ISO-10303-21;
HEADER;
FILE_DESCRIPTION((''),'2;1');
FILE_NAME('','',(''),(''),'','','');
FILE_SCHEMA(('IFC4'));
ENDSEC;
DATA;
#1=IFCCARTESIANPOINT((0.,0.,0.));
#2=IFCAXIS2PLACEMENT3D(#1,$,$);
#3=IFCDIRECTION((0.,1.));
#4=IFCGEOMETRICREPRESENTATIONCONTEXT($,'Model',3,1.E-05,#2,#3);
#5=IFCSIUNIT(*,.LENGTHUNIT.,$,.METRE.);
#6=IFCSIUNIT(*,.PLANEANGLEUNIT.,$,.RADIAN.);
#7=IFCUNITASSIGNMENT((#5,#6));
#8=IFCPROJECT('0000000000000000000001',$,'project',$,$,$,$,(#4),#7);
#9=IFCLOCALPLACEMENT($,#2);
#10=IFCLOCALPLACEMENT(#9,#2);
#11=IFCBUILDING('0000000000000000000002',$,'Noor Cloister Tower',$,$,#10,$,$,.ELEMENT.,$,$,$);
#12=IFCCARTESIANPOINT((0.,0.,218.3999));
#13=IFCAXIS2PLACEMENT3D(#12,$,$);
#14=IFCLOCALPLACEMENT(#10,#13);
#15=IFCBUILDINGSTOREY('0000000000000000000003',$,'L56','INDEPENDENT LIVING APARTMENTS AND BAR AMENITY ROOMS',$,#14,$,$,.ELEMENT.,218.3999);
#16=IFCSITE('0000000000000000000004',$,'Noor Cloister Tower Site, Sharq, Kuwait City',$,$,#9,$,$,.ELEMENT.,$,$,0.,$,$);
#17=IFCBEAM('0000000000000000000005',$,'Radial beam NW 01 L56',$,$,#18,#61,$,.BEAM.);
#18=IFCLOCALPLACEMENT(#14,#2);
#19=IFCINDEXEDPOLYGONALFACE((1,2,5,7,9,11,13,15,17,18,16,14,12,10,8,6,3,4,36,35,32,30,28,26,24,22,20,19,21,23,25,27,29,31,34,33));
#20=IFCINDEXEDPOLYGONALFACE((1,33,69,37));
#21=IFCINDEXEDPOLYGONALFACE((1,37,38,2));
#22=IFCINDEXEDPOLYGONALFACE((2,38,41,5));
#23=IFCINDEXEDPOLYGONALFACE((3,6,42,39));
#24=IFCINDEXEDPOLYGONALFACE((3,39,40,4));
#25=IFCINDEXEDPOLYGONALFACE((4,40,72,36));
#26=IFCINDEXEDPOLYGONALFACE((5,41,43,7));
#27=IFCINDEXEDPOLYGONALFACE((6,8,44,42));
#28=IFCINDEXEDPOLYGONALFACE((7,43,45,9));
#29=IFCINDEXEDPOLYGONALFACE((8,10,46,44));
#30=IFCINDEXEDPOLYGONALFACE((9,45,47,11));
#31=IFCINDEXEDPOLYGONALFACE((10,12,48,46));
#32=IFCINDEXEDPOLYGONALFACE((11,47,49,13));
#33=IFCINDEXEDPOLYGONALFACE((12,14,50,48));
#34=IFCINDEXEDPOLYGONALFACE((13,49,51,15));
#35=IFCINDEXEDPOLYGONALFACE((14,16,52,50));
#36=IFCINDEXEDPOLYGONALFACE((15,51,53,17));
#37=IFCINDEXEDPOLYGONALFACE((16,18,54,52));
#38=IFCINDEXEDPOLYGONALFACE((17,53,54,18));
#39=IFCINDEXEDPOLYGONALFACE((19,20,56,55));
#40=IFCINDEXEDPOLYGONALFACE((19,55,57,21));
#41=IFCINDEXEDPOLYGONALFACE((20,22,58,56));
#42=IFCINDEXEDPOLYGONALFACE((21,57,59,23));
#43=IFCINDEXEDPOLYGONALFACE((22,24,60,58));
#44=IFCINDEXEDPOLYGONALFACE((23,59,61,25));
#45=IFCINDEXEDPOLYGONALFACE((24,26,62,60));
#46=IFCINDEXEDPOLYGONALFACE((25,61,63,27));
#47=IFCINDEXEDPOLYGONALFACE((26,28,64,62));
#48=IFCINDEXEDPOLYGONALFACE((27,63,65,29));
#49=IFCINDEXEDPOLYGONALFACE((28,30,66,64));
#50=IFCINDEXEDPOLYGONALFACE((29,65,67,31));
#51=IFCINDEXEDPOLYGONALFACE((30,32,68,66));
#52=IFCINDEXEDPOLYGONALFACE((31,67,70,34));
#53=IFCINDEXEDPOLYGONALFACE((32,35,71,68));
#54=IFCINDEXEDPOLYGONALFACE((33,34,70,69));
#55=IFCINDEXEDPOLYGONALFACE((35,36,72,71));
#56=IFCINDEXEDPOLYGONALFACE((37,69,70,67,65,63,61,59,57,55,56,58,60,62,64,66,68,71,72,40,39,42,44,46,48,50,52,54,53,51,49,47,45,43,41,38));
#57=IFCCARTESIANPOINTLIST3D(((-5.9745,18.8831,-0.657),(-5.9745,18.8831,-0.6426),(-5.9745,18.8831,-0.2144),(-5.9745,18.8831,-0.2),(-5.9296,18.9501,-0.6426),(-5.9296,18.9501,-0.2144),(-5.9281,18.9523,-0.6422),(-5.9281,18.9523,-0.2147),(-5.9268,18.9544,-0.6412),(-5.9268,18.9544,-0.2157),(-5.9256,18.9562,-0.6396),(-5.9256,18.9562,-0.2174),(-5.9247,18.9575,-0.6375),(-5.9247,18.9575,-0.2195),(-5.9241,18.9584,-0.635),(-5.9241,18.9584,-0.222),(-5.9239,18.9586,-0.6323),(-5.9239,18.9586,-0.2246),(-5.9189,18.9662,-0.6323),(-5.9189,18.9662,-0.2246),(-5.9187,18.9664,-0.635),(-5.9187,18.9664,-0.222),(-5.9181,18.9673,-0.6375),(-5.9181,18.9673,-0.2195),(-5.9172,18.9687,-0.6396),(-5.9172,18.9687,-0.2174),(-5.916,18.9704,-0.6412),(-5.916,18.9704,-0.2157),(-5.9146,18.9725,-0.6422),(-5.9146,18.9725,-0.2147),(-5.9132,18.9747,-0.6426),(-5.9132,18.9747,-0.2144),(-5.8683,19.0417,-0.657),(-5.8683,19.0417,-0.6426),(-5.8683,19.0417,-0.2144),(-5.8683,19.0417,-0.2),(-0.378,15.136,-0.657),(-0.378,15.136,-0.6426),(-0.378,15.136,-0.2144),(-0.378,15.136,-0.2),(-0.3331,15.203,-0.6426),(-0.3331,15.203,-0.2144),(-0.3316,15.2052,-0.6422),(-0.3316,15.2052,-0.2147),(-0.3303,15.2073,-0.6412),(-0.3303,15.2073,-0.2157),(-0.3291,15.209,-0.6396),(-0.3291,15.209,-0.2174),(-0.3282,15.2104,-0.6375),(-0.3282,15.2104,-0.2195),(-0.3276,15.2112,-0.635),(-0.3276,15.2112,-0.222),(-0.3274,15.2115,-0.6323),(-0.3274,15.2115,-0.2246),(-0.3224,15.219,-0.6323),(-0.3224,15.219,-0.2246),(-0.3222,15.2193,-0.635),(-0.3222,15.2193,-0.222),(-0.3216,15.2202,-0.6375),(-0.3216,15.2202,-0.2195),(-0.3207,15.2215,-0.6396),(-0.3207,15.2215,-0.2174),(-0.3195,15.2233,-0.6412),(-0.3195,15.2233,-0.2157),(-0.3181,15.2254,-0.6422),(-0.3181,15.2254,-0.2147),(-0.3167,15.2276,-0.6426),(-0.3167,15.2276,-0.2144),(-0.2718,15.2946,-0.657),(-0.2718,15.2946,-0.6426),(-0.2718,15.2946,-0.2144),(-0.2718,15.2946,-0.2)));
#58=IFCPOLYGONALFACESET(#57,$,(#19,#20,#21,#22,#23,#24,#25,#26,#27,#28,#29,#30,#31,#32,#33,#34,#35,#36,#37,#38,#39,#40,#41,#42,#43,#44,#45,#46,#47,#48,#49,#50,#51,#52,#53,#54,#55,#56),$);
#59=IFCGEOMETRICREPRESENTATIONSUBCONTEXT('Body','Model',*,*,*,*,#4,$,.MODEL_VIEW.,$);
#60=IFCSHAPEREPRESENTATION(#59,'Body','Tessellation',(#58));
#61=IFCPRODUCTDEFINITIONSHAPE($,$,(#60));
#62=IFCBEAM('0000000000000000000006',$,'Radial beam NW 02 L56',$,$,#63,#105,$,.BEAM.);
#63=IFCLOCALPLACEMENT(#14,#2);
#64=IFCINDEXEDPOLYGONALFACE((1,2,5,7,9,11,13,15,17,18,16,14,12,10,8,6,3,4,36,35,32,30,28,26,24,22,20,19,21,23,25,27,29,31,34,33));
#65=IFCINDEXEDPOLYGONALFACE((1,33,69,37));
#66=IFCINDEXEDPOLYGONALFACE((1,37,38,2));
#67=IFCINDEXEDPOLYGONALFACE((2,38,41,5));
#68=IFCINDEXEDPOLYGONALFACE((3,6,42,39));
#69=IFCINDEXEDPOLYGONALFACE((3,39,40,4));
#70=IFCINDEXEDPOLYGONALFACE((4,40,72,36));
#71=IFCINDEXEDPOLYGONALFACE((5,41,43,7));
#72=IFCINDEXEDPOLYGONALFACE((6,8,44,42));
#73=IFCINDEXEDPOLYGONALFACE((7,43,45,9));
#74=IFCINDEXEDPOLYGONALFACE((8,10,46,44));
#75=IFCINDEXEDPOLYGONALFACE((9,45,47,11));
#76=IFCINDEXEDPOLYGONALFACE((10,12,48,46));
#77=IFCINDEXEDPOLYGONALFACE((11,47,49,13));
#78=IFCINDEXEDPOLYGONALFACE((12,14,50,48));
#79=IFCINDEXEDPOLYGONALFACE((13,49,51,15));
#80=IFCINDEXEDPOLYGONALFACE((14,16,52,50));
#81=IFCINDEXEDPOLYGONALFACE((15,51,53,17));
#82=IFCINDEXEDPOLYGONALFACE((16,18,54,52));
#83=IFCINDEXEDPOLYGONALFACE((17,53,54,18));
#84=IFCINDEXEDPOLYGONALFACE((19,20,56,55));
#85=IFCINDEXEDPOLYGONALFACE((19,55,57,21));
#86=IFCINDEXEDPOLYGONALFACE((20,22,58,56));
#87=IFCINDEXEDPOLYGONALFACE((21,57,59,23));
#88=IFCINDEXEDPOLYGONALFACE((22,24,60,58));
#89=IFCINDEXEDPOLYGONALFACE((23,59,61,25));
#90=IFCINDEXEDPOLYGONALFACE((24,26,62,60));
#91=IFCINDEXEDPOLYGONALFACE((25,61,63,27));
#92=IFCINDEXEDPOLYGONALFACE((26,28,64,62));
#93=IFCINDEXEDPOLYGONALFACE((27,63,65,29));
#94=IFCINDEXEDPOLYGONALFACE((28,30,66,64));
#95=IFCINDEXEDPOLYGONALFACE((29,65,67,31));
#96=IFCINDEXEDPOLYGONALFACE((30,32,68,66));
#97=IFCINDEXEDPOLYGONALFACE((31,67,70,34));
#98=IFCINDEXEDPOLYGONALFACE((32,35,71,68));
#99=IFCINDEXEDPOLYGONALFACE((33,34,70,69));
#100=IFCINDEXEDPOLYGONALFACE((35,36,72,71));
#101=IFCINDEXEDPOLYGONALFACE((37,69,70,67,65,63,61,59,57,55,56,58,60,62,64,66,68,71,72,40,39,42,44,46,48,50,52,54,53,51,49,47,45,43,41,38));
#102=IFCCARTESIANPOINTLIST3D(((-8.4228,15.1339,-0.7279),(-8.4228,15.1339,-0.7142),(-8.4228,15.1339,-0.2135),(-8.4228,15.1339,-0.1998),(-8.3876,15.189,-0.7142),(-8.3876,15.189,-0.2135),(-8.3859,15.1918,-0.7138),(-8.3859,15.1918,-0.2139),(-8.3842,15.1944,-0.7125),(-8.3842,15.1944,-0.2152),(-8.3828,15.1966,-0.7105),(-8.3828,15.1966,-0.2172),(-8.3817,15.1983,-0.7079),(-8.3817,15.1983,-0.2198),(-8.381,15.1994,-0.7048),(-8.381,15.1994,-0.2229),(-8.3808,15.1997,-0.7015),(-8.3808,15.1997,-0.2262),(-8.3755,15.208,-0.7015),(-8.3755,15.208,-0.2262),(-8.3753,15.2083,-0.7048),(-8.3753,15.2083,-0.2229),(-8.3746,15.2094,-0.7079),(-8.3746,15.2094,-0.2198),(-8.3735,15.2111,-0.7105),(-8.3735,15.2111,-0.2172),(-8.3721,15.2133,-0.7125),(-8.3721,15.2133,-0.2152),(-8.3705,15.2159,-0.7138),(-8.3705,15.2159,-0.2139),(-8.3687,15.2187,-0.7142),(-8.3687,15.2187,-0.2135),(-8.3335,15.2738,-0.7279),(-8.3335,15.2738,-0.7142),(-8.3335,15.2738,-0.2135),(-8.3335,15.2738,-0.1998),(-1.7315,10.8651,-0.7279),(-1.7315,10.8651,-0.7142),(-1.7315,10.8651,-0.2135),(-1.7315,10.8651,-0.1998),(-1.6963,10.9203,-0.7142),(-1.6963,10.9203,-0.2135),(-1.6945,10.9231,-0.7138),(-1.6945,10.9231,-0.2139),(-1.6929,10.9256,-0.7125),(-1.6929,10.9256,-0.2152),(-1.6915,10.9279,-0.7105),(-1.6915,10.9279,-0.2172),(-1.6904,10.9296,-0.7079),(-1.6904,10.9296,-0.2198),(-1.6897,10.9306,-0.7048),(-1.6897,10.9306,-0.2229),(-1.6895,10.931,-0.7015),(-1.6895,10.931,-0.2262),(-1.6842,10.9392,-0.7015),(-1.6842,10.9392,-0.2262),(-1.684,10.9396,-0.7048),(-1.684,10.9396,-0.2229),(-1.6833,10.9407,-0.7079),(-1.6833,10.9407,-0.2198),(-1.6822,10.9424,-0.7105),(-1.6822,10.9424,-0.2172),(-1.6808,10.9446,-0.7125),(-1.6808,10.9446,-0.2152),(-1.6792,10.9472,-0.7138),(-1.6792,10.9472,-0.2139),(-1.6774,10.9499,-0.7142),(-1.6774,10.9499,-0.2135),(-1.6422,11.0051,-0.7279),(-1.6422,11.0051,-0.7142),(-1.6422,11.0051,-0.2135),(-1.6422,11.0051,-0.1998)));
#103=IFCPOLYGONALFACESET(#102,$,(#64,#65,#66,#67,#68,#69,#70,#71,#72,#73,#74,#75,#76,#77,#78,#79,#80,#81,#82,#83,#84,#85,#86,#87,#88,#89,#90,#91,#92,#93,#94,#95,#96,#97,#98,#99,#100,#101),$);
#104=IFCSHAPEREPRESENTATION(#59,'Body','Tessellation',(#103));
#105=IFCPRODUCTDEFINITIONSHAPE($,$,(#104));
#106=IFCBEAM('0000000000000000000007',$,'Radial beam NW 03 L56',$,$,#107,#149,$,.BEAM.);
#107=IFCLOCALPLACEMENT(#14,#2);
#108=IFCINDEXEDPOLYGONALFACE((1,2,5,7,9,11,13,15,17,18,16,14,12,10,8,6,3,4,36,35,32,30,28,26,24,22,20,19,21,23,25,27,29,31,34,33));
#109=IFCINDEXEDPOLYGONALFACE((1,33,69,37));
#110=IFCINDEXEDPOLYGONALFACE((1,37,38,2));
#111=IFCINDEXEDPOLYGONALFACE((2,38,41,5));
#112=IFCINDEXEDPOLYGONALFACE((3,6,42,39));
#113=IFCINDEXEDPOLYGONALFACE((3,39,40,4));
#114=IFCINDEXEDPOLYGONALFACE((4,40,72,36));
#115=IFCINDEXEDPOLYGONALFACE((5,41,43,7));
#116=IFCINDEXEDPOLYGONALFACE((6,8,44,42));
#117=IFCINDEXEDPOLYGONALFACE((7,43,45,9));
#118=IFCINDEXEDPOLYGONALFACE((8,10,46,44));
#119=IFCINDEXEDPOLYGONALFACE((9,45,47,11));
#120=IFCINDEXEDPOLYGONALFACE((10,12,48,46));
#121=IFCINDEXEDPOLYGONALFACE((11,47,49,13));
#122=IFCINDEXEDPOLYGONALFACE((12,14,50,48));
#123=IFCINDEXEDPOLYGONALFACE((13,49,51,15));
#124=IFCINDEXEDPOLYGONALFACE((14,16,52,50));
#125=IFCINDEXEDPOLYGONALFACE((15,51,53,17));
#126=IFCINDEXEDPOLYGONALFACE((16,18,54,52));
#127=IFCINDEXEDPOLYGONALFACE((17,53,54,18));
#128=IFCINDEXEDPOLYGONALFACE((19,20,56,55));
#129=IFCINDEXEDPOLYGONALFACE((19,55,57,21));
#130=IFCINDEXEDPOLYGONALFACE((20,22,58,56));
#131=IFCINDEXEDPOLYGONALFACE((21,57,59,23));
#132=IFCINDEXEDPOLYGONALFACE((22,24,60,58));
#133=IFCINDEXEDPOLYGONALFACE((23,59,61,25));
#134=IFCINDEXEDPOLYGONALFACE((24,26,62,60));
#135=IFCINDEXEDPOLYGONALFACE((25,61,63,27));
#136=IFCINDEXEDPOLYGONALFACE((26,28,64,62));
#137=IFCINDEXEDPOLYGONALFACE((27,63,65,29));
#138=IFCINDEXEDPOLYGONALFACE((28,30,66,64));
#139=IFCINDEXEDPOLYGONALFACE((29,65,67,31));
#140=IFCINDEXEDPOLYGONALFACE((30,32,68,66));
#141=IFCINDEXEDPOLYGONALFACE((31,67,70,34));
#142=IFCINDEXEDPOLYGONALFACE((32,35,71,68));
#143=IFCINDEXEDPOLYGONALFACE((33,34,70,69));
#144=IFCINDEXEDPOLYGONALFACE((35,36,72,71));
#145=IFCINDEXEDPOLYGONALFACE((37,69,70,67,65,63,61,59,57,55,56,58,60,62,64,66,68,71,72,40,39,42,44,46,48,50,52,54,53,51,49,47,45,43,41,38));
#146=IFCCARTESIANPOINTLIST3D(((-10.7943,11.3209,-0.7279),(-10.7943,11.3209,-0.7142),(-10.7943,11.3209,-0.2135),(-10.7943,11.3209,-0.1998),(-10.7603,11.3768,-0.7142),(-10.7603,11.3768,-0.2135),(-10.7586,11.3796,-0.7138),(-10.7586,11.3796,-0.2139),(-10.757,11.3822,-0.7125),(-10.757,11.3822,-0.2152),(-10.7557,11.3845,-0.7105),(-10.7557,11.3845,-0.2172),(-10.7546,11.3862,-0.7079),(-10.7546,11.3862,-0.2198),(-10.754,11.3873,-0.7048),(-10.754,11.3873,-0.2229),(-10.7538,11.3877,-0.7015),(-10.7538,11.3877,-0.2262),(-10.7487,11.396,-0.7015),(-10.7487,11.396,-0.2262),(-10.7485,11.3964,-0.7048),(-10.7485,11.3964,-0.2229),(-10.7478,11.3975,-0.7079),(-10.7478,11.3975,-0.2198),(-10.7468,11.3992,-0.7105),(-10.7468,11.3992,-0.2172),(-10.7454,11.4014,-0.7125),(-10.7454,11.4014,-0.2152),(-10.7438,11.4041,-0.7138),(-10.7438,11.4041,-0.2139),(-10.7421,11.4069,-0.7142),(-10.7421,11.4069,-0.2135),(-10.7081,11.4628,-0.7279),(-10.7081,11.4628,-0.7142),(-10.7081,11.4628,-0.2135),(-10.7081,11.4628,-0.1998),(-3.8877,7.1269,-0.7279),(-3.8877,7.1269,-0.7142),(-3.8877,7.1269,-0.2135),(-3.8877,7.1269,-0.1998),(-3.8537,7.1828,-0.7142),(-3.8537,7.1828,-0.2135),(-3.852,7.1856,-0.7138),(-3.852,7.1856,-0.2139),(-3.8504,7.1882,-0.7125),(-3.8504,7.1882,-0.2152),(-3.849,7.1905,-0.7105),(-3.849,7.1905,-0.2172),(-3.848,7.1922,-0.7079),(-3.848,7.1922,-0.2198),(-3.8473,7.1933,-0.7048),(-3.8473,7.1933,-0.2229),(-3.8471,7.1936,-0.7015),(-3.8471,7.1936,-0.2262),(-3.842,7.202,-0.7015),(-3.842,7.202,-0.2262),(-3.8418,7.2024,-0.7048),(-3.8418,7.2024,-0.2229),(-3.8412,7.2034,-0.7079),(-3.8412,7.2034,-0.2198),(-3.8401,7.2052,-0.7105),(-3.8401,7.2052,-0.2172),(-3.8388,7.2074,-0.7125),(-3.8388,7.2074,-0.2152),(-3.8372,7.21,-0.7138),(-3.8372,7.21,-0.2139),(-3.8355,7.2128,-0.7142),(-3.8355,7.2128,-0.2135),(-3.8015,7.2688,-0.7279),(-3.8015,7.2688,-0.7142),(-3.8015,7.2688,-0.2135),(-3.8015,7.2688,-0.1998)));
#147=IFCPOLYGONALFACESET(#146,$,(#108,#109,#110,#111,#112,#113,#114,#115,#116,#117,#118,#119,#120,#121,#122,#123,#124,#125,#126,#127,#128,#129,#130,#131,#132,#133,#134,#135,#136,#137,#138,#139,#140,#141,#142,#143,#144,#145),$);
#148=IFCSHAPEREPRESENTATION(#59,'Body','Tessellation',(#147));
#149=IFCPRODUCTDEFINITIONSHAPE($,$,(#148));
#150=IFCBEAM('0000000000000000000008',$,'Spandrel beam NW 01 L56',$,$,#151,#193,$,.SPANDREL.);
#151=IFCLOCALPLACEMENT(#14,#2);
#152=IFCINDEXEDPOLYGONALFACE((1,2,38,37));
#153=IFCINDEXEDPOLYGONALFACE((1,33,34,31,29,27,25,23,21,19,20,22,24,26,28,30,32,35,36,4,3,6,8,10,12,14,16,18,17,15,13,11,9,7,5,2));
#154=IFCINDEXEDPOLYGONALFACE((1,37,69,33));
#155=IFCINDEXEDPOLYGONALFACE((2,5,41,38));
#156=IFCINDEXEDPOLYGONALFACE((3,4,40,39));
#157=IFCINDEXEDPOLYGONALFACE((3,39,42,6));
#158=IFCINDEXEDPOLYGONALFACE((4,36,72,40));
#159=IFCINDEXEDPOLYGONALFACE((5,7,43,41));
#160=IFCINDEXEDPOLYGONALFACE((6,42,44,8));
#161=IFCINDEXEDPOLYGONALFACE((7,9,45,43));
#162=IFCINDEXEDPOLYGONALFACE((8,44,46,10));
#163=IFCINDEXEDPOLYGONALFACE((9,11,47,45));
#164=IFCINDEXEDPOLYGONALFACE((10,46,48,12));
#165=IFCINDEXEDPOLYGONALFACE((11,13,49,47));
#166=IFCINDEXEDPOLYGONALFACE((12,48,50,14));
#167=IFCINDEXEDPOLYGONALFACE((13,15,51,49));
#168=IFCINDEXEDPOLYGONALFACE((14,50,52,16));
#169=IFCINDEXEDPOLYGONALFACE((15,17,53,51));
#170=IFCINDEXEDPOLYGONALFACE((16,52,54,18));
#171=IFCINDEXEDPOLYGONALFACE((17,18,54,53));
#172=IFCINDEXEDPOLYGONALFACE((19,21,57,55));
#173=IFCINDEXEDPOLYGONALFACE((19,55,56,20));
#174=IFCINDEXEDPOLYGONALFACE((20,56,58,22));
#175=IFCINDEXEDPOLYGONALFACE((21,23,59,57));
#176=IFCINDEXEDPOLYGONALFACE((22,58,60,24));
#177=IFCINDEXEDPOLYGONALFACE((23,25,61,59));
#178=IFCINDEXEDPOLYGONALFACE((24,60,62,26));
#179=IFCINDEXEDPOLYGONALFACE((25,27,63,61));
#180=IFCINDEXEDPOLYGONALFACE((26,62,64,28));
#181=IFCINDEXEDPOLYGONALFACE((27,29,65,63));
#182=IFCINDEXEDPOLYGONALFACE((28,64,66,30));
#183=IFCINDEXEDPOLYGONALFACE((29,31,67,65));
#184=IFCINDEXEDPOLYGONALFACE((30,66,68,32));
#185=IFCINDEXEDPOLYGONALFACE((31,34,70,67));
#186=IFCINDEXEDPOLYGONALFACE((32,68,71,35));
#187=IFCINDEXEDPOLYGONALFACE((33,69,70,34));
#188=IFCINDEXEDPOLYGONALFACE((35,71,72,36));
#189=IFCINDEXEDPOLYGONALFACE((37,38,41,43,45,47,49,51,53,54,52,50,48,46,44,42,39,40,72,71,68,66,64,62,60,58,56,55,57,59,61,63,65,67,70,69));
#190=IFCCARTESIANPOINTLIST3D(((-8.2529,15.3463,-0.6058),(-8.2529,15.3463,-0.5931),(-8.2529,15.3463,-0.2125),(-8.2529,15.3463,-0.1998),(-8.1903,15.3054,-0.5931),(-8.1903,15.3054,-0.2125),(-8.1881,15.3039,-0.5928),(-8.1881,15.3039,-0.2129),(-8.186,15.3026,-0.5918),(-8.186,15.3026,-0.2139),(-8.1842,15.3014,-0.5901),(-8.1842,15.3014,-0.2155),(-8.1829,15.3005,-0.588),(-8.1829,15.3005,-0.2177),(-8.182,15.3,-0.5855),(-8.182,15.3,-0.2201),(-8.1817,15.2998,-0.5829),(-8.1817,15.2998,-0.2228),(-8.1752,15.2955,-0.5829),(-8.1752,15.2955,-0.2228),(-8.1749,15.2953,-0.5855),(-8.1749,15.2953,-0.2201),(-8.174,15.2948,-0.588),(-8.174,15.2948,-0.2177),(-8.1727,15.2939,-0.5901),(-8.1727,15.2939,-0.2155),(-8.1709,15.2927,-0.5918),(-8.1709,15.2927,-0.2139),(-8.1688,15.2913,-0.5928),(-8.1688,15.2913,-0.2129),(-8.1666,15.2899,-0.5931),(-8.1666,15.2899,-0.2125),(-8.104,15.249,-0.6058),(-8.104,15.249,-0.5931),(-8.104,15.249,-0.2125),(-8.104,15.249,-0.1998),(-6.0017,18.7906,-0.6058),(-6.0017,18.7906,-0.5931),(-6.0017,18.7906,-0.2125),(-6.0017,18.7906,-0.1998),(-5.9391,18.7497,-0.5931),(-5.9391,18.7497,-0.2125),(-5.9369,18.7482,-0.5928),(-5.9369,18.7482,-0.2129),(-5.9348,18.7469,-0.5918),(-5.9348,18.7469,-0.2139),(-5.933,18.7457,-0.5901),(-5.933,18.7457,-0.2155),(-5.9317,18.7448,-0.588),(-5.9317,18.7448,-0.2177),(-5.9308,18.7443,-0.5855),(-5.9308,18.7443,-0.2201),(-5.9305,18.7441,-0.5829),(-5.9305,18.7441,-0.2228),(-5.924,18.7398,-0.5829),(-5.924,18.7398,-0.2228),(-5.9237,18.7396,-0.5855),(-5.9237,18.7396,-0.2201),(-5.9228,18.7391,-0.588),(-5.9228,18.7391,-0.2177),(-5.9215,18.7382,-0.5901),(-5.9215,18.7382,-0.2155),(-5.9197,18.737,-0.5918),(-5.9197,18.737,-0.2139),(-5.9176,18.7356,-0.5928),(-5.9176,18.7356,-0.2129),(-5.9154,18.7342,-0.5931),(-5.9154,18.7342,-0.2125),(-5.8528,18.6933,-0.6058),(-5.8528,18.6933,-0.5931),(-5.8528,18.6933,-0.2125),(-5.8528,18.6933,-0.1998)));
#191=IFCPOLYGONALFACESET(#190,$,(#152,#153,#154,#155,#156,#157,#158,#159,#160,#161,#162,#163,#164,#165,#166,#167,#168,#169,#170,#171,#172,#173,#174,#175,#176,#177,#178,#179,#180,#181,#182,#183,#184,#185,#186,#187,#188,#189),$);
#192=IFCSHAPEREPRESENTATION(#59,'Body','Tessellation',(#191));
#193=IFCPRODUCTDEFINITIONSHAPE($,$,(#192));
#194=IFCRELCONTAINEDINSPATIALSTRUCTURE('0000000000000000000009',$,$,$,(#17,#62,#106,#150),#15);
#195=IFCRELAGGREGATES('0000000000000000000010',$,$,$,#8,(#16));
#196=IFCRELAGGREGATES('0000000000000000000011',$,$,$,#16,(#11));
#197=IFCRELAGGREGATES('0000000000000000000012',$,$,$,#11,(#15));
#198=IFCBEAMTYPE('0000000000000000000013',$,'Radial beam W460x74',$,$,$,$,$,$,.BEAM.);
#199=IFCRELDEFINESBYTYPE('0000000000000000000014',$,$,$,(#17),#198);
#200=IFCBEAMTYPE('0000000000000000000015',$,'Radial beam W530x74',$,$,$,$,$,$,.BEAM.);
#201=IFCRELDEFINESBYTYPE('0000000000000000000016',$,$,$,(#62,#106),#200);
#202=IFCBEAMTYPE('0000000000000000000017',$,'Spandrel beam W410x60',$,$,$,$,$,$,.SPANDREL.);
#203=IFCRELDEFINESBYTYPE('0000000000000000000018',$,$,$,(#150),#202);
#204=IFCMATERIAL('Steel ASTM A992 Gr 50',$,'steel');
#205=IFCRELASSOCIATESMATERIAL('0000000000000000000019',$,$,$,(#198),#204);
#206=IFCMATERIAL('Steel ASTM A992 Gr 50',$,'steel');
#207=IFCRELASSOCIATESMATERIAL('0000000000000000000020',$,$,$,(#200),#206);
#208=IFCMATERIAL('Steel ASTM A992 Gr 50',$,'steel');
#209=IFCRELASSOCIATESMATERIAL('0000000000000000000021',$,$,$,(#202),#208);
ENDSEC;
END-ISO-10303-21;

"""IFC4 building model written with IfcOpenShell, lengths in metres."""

from ifc_helpers import new_model, si_unit, direction, frame, origin, origin_2d, place, context, subcontext, project, spatial, i_section, extrude, material, material_profile, profile_set, type_object, element, save


model = new_model("IFC4")

# Units and contexts
model_context = context("Model", 3, precision=1e-05, world=origin(), true_north=direction((0.0, 1.0)))
body_context = subcontext(model_context, "Body", "Model", "MODEL_VIEW")
ifc_project = project(units=[si_unit("LENGTHUNIT", "METRE"), si_unit("PLANEANGLEUNIT", "RADIAN")], contexts=[model_context])

# Site, building, storey
site_placement = place(None, origin())
site = spatial("IfcSite", under=ifc_project, at=site_placement, Name="Noor Cloister Tower Site, Sharq, Kuwait City", CompositionType="ELEMENT", RefElevation=0.0)
building_placement = place(site_placement, origin())
building = spatial("IfcBuilding", under=site, at=building_placement, Name="Noor Cloister Tower", CompositionType="ELEMENT")
storey_placement = place(building_placement, frame((0.0, 0.0, 218.3999)))
storey = spatial("IfcBuildingStorey", under=building, at=storey_placement, Name="L56", Description="INDEPENDENT LIVING APARTMENTS AND BAR AMENITY ROOMS", CompositionType="ELEMENT", Elevation=218.3999)

# Beams
ifc_material_1 = material(Name="Steel ASTM A992 Gr 50", Category="steel")
ifc_material_profile_1 = material_profile(ifc_material_1, i_section(OverallWidth=0.1909, OverallDepth=0.457, WebThickness=0.009, FlangeThickness=0.0144, FilletRadius=0.0103, at=origin_2d()), Name="W460x74")
ifc_profile_set_1 = profile_set([ifc_material_profile_1], Name="Steel ASTM A992 Gr 50")
beam_type_1 = type_object("IfcBeamType", Name="Radial beam W460x74", PredefinedType="BEAM", material=ifc_profile_set_1)
beam_1_placement = place(storey_placement, frame((-5.9214, 18.9624, -0.4285), z_axis=(0.830944, -0.556355, 0.0), x_axis=(0.556355, 0.830944, 0.0)))
element("IfcBeam", 1, at=beam_1_placement, inside=storey, type_object=beam_type_1, Name="Radial beam NW 01 L56", PredefinedType="BEAM", context=body_context, shape_type="SweptSolid", body=[
    extrude(i_section(OverallWidth=0.1909, OverallDepth=0.457, WebThickness=0.009, FlangeThickness=0.0144, FilletRadius=0.0103, at=origin_2d()), origin(), (0.0, 0.0, 1.0), 6.7351),
])
ifc_material_2 = material(Name="Steel ASTM A992 Gr 50", Category="steel")
ifc_material_profile_2 = material_profile(ifc_material_2, i_section(OverallWidth=0.166, OverallDepth=0.5281, WebThickness=0.0098, FlangeThickness=0.0137, FilletRadius=0.0127, at=origin_2d()), Name="W530x74")
ifc_profile_set_2 = profile_set([ifc_material_profile_2], Name="Steel ASTM A992 Gr 50")
beam_type_2 = type_object("IfcBeamType", Name="Radial beam W530x74", PredefinedType="BEAM", material=ifc_profile_set_2)
beam_2_placement = place(storey_placement, frame((-8.3782, 15.2039, -0.4639), z_axis=(0.843054, -0.537829, 0.0), x_axis=(0.537829, 0.843054, 0.0)))
element("IfcBeam", 2, at=beam_2_placement, inside=storey, type_object=beam_type_2, Name="Radial beam NW 02 L56", PredefinedType="BEAM", context=body_context, shape_type="SweptSolid", body=[
    extrude(i_section(OverallWidth=0.166, OverallDepth=0.5281, WebThickness=0.0098, FlangeThickness=0.0137, FilletRadius=0.0127, at=origin_2d()), origin(), (0.0, 0.0, 1.0), 7.937),
])
beam_3_placement = place(storey_placement, frame((-10.7512, 11.3918, -0.4639), z_axis=(0.854748, -0.519043, 0.0), x_axis=(0.519043, 0.854748, 0.0)))
element("IfcBeam", 3, at=beam_3_placement, inside=storey, type_object=beam_type_2, Name="Radial beam NW 03 L56", PredefinedType="BEAM", context=body_context, shape_type="SweptSolid", body=[
    extrude(i_section(OverallWidth=0.166, OverallDepth=0.5281, WebThickness=0.0098, FlangeThickness=0.0137, FilletRadius=0.0127, at=origin_2d()), origin(), (0.0, 0.0, 1.0), 8.0803),
])
ifc_material_3 = material(Name="Steel ASTM A992 Gr 50", Category="steel")
ifc_material_profile_3 = material_profile(ifc_material_3, i_section(OverallWidth=0.178, OverallDepth=0.406, WebThickness=0.0078, FlangeThickness=0.0127, FilletRadius=0.0103, at=origin_2d()), Name="W410x60")
ifc_profile_set_3 = profile_set([ifc_material_profile_3], Name="Steel ASTM A992 Gr 50")
beam_type_3 = type_object("IfcBeamType", Name="Spandrel beam W410x60", PredefinedType="SPANDREL", material=ifc_profile_set_3)
beam_4_placement = place(storey_placement, frame((-5.9272, 18.7419, -0.4028), z_axis=(-0.547105, -0.837064, 0.0), x_axis=(0.837064, -0.547105, 0.0)))
element("IfcBeam", 4, at=beam_4_placement, inside=storey, type_object=beam_type_3, Name="Spandrel beam NW 01 L56", PredefinedType="SPANDREL", context=body_context, shape_type="SweptSolid", body=[
    extrude(i_section(OverallWidth=0.178, OverallDepth=0.406, WebThickness=0.0078, FlangeThickness=0.0127, FilletRadius=0.0103, at=origin_2d()), origin(), (0.0, 0.0, 1.0), 4.1147),
])

save(model, "model.ifc")
